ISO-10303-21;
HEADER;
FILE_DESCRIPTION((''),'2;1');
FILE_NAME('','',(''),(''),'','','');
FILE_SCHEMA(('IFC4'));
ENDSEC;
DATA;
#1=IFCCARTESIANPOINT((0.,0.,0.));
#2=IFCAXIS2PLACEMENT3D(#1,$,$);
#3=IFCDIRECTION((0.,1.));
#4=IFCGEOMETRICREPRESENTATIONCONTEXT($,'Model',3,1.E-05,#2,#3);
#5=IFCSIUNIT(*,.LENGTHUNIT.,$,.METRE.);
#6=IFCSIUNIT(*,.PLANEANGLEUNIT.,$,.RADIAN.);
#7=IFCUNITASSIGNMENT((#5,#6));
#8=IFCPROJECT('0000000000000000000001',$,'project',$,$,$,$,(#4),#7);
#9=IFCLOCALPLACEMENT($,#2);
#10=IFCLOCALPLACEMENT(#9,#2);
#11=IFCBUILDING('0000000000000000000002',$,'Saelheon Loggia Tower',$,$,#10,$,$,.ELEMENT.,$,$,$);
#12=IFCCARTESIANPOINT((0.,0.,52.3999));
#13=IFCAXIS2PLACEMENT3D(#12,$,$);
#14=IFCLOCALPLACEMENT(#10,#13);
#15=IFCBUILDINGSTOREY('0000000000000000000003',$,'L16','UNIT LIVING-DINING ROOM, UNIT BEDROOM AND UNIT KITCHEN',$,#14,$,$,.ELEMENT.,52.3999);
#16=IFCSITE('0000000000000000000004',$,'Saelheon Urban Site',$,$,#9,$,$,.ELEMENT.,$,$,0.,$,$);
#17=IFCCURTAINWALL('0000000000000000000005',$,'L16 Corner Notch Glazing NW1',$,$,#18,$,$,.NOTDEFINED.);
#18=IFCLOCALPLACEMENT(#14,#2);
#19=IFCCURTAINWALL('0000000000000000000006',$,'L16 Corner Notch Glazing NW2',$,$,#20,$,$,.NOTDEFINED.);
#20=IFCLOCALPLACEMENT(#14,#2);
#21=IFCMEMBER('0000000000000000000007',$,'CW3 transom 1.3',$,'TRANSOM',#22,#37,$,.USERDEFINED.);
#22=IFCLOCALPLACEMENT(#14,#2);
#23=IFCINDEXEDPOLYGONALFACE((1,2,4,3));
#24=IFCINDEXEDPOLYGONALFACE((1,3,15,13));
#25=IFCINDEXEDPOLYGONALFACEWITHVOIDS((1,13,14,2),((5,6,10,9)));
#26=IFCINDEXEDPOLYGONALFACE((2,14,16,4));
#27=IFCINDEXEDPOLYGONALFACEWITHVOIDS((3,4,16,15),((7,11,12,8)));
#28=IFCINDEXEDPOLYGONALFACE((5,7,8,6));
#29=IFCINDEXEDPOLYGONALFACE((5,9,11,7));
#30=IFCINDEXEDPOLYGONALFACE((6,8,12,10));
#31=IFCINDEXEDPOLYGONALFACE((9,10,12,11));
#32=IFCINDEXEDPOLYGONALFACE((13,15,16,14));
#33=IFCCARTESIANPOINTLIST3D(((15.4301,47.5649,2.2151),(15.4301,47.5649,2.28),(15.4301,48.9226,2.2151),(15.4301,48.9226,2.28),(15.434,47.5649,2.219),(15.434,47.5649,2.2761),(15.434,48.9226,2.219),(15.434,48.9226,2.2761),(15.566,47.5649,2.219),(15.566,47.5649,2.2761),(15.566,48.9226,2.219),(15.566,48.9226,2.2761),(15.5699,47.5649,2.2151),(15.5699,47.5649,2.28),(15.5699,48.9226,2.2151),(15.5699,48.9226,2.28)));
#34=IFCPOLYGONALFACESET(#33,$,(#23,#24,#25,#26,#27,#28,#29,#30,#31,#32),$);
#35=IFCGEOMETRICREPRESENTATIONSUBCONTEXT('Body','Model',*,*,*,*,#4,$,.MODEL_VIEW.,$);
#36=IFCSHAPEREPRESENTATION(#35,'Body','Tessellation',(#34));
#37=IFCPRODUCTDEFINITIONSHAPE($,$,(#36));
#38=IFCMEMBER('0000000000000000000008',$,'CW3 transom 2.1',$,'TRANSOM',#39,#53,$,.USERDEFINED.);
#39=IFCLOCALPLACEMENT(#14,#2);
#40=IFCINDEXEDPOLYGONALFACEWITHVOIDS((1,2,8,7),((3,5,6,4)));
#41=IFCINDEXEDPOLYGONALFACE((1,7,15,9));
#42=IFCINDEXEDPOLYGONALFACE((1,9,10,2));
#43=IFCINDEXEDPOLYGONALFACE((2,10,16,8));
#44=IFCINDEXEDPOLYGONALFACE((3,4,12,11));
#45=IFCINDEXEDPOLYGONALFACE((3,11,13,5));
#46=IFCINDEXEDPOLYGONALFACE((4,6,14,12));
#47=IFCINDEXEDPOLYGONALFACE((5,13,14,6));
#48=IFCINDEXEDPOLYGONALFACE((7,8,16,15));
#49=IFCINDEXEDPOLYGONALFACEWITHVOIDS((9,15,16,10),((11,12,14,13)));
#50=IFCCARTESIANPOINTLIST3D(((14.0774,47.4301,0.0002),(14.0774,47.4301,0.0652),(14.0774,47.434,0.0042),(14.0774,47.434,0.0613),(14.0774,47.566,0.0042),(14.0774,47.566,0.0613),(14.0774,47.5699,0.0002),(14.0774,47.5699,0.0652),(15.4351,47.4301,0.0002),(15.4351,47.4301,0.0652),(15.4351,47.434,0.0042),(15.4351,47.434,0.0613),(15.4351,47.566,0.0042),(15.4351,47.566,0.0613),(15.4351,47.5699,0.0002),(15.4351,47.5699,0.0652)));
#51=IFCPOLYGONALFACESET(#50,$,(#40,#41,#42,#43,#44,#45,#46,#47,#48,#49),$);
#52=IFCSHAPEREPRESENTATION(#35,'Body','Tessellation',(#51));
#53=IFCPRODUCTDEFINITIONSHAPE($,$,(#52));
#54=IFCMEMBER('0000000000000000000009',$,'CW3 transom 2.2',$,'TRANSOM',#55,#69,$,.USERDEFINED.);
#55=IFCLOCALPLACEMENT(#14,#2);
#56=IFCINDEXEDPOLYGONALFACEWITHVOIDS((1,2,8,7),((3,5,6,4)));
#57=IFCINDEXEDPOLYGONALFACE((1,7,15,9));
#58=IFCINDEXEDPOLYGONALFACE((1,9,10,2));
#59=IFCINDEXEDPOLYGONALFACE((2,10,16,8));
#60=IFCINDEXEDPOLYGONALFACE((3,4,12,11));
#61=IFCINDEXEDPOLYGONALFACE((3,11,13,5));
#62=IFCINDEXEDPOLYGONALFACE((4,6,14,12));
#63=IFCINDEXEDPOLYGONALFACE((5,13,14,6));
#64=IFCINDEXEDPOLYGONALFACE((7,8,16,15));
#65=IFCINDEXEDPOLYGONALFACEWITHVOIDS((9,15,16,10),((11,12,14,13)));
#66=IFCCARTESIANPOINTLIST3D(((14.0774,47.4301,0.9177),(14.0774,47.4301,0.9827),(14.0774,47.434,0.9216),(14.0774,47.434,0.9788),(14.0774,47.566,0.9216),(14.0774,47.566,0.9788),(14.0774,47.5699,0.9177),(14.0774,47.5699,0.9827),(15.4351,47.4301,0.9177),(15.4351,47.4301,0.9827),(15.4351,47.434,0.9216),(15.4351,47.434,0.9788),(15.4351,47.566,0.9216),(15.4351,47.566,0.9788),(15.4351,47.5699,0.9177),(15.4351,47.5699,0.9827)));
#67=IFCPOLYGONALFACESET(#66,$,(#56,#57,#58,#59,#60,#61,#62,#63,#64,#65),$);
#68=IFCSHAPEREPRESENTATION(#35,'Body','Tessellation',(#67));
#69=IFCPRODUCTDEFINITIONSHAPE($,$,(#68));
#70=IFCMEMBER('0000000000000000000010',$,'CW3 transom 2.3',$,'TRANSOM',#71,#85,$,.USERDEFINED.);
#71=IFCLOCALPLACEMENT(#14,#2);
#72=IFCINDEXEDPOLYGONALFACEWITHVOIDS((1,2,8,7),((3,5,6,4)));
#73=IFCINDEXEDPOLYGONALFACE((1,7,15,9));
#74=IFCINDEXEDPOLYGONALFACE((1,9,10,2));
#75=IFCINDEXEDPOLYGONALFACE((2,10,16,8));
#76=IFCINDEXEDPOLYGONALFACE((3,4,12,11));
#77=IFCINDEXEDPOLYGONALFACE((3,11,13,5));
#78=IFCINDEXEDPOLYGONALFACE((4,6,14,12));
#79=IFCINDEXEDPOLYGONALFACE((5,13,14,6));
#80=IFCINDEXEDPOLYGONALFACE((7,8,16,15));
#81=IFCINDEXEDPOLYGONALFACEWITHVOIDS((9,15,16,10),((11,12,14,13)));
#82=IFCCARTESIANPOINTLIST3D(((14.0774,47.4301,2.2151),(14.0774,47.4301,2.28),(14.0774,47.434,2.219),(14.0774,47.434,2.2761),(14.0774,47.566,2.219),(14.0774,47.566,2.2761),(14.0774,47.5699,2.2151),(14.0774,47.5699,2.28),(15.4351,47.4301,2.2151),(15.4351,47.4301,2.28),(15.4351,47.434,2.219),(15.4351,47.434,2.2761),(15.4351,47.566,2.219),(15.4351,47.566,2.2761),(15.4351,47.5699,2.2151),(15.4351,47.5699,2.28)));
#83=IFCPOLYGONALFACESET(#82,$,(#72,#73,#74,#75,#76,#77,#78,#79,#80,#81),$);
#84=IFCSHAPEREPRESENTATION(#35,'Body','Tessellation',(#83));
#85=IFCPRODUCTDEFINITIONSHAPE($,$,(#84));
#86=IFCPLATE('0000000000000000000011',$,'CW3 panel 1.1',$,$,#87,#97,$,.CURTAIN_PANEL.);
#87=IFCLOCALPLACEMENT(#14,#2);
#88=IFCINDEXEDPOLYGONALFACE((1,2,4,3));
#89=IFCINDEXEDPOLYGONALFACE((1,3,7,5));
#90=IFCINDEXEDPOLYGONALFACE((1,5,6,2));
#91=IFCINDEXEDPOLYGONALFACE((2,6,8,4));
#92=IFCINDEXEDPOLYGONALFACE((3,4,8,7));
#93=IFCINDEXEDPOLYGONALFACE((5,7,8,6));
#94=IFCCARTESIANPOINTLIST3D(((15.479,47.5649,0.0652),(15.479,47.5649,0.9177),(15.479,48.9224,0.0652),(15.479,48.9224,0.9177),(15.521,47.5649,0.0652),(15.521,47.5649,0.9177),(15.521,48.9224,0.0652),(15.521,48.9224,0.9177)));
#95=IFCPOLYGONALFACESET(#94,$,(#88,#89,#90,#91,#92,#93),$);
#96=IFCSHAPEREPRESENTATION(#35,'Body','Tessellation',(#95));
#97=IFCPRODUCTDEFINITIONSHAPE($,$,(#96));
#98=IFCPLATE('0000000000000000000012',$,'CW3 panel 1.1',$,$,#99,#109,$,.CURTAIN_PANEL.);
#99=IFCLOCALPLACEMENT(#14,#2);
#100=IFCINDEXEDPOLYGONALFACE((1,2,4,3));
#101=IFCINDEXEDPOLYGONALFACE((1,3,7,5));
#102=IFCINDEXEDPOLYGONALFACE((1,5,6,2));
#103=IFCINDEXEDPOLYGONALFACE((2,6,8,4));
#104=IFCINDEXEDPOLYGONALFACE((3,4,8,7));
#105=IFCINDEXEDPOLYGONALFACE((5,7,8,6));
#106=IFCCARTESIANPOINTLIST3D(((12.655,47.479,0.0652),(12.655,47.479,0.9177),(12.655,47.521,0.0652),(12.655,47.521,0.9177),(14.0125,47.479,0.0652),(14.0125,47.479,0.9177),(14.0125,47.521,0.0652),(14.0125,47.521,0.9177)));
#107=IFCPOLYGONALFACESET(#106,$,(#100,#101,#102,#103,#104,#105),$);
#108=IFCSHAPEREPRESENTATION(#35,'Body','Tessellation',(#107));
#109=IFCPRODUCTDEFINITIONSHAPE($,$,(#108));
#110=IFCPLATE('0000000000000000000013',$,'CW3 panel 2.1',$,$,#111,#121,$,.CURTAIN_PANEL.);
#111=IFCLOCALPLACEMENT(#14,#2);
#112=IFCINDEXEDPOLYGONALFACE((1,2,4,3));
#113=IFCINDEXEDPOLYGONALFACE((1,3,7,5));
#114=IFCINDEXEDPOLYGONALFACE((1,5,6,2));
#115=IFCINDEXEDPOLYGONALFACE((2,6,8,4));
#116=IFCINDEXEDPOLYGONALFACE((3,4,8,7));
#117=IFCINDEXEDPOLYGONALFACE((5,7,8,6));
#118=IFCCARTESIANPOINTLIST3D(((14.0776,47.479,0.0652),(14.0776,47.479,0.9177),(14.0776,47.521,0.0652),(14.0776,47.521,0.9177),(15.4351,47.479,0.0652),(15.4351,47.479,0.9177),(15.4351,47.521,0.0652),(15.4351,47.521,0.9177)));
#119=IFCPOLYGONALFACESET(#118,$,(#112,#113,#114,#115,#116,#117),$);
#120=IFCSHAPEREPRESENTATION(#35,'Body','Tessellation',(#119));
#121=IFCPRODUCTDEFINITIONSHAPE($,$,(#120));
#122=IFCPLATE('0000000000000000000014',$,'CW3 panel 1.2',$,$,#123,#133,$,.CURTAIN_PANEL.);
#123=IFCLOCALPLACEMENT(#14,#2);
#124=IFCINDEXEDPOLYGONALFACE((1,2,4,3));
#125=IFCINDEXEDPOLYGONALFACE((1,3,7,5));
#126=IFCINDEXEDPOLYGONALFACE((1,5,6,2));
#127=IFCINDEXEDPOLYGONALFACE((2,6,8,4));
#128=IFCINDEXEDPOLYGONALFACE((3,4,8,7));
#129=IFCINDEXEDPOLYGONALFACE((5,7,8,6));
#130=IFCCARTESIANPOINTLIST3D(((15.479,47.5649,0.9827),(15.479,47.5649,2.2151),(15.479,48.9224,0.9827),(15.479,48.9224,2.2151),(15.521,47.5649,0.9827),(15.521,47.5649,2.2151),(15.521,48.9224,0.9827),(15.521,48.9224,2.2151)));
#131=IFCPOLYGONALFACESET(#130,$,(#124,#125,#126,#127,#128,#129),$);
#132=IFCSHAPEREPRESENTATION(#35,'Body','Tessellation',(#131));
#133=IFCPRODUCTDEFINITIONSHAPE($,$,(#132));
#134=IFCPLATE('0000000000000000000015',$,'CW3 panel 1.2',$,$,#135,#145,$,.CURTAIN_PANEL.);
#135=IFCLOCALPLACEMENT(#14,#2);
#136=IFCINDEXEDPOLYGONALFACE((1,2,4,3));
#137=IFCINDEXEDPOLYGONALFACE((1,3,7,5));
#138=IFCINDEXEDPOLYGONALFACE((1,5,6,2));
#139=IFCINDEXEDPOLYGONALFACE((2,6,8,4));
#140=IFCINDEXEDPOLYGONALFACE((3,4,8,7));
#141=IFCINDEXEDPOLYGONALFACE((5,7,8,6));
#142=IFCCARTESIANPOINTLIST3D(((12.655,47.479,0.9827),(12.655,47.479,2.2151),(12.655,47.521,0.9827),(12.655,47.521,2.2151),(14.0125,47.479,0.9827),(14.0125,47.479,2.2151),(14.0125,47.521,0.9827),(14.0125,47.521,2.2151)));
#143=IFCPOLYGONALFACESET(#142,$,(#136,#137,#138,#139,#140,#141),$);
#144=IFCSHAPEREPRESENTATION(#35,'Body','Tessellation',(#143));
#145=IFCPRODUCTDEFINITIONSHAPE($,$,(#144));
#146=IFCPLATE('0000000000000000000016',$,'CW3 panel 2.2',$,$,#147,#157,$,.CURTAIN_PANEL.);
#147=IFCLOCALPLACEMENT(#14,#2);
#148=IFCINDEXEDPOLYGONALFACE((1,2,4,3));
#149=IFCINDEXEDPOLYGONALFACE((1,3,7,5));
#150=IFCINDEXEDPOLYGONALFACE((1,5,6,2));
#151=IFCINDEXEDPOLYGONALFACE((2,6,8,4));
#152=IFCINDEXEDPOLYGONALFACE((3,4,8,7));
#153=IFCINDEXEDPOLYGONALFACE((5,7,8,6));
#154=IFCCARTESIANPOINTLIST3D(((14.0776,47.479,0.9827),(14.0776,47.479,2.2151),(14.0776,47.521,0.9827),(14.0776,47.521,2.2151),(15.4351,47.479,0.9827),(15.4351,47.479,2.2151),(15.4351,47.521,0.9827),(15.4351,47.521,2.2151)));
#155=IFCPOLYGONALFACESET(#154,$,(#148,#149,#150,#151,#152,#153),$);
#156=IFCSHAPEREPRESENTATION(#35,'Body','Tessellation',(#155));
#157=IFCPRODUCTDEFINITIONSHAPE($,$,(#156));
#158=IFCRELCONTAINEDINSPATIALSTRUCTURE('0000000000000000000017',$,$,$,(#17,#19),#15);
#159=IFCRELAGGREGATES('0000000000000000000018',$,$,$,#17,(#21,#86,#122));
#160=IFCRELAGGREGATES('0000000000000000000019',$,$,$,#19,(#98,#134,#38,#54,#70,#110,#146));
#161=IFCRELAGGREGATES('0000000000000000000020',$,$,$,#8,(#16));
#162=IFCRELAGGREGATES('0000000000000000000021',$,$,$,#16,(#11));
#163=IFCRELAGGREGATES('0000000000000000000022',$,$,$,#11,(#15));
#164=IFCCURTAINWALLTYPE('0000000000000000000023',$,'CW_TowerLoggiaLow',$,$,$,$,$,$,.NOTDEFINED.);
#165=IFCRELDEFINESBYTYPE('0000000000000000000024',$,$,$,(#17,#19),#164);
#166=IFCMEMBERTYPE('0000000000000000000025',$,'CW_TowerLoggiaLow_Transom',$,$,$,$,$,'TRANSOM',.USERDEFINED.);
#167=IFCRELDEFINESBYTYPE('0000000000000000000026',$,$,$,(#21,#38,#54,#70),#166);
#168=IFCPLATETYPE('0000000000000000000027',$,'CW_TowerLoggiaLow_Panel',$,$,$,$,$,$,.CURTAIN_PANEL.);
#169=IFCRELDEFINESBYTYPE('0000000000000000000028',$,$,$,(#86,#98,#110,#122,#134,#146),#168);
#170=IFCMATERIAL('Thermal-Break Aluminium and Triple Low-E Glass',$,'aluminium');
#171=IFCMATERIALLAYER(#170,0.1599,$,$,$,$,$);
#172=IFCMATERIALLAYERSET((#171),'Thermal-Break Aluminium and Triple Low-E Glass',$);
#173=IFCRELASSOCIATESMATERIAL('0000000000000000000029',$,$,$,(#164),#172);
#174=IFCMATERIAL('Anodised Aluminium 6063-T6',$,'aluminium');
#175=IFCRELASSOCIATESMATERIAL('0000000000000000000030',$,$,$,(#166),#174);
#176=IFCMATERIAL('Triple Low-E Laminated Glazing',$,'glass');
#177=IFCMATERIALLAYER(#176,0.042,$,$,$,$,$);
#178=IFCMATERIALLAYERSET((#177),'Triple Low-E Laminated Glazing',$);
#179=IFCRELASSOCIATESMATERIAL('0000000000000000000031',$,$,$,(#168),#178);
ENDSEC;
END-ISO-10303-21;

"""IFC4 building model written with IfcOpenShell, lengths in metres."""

from ifc_helpers import new_model, si_unit, direction, frame, origin, origin_2d, place, context, subcontext, project, spatial, rectangle, hollow_rectangle, extrude, source, transform, mapped, material, layer, layer_set, material_profile, profile_set, type_object, element, aggregate, save


model = new_model("IFC4")

# Units and contexts
model_context = context("Model", 3, precision=1e-05, world=origin(), true_north=direction((0.0, 1.0)))
body_context = subcontext(model_context, "Body", "Model", "MODEL_VIEW")
ifc_project = project(units=[si_unit("LENGTHUNIT", "METRE"), si_unit("PLANEANGLEUNIT", "RADIAN")], contexts=[model_context])

# Site, building, storey
site_placement = place(None, origin())
site = spatial("IfcSite", under=ifc_project, at=site_placement, Name="Saelheon Urban Site", CompositionType="ELEMENT", RefElevation=0.0)
building_placement = place(site_placement, origin())
building = spatial("IfcBuilding", under=site, at=building_placement, Name="Saelheon Loggia Tower", CompositionType="ELEMENT")
storey_placement = place(building_placement, frame((0.0, 0.0, 52.3999)))
storey = spatial("IfcBuildingStorey", under=building, at=storey_placement, Name="L16", Description="UNIT LIVING-DINING ROOM, UNIT BEDROOM AND UNIT KITCHEN", CompositionType="ELEMENT", Elevation=52.3999)

# Curtain wall
ifc_material_1 = material(Name="Thermal-Break Aluminium and Triple Low-E Glass", Category="aluminium")
ifc_layer_1 = layer(ifc_material_1, 0.1599)
ifc_layer_set_1 = layer_set([ifc_layer_1], Name="Thermal-Break Aluminium and Triple Low-E Glass")
curtain_wall_type = type_object("IfcCurtainWallType", Name="CW_TowerLoggiaLow", PredefinedType="NOTDEFINED", material=ifc_layer_set_1)
curtain_wall_1_placement = place(storey_placement, origin())
curtain_wall_1 = element("IfcCurtainWall", 1, at=curtain_wall_1_placement, inside=storey, type_object=curtain_wall_type, Name="L16 Corner Notch Glazing NW1", PredefinedType="NOTDEFINED")
ifc_material_2 = material(Name="Anodised Aluminium 6063-T6", Category="aluminium")

# Curtain wall
curtain_wall_2_placement = place(storey_placement, origin())
curtain_wall_2 = element("IfcCurtainWall", 2, at=curtain_wall_2_placement, inside=storey, type_object=curtain_wall_type, Name="L16 Corner Notch Glazing NW2", PredefinedType="NOTDEFINED")
ifc_material_profile_1 = material_profile(ifc_material_2, hollow_rectangle(XDim=0.0649, YDim=0.1399, WallThickness=0.0039, at=origin_2d()), Name="RHS-140x65x4")
ifc_profile_set_1 = profile_set([ifc_material_profile_1], Name="Anodised Aluminium 6063-T6")
member_type_1 = type_object("IfcMemberType", Name="CW_TowerLoggiaLow_Transom", ElementType="TRANSOM", PredefinedType="USERDEFINED", material=ifc_profile_set_1)

# Members
shared_shape_1 = source(origin(), body_context, "Body", "SweptSolid", [
    extrude(hollow_rectangle(XDim=0.0649, YDim=0.1399, WallThickness=0.0039, at=origin_2d()), origin(), (0.0, 0.0, 1.0), 1.3577),
])
member_1_placement = place(storey_placement, frame((15.5, 47.5649, 2.2476), z_axis=(0.0, 1.0, 0.0), x_axis=(0.0, 0.0, 1.0)))
member_1 = element("IfcMember", 3, at=member_1_placement, type_object=member_type_1, Name="CW3 transom 1.3", ObjectType="TRANSOM", PredefinedType="USERDEFINED", context=body_context, shape_type="MappedRepresentation", body=[
    mapped(shared_shape_1, transform((0.0, 0.0, 0.0), scale=1.0)),
])
member_2_placement = place(storey_placement, frame((14.0774, 47.5, 0.0327), z_axis=(1.0, 0.0, 0.0), x_axis=(0.0, 0.0, 1.0)))
member_2 = element("IfcMember", 4, at=member_2_placement, type_object=member_type_1, Name="CW3 transom 2.1", ObjectType="TRANSOM", PredefinedType="USERDEFINED", context=body_context, shape_type="MappedRepresentation", body=[
    mapped(shared_shape_1, transform((0.0, 0.0, 0.0), scale=1.0)),
])
member_3_placement = place(storey_placement, frame((14.0774, 47.5, 0.9502), z_axis=(1.0, 0.0, 0.0), x_axis=(0.0, 0.0, 1.0)))
member_3 = element("IfcMember", 5, at=member_3_placement, type_object=member_type_1, Name="CW3 transom 2.2", ObjectType="TRANSOM", PredefinedType="USERDEFINED", context=body_context, shape_type="MappedRepresentation", body=[
    mapped(shared_shape_1, transform((0.0, 0.0, 0.0), scale=1.0)),
])
member_4_placement = place(storey_placement, frame((14.0774, 47.5, 2.2476), z_axis=(1.0, 0.0, 0.0), x_axis=(0.0, 0.0, 1.0)))
member_4 = element("IfcMember", 6, at=member_4_placement, type_object=member_type_1, Name="CW3 transom 2.3", ObjectType="TRANSOM", PredefinedType="USERDEFINED", context=body_context, shape_type="MappedRepresentation", body=[
    mapped(shared_shape_1, transform((0.0, 0.0, 0.0), scale=1.0)),
])

# Plates
ifc_material_3 = material(Name="Triple Low-E Laminated Glazing", Category="glass")
ifc_layer_2 = layer(ifc_material_3, 0.042)
ifc_layer_set_2 = layer_set([ifc_layer_2], Name="Triple Low-E Laminated Glazing")
plate_type = type_object("IfcPlateType", Name="CW_TowerLoggiaLow_Panel", PredefinedType="CURTAIN_PANEL", material=ifc_layer_set_2)
shared_shape_2 = source(origin(), body_context, "Body", "SweptSolid", [
    extrude(rectangle(XDim=1.3574, YDim=0.042, at=origin_2d()), origin(), (0.0, 0.0, 1.0), 0.8525),
])
plate_1_placement = place(storey_placement, frame((15.5, 48.2437, 0.0652), z_axis=(0.0, 0.0, 1.0), x_axis=(0.0, 1.0, 0.0)))
plate_1 = element("IfcPlate", 7, at=plate_1_placement, type_object=plate_type, Name="CW3 panel 1.1", PredefinedType="CURTAIN_PANEL", context=body_context, shape_type="MappedRepresentation", body=[
    mapped(shared_shape_2, transform((0.0, 0.0, 0.0), scale=1.0)),
])
plate_2_placement = place(storey_placement, frame((13.3337, 47.5, 0.0652), z_axis=(0.0, 0.0, 1.0), x_axis=(1.0, 0.0, 0.0)))
plate_2 = element("IfcPlate", 8, at=plate_2_placement, type_object=plate_type, Name="CW3 panel 1.1", PredefinedType="CURTAIN_PANEL", context=body_context, shape_type="MappedRepresentation", body=[
    mapped(shared_shape_2, transform((0.0, 0.0, 0.0), scale=1.0)),
])
plate_3_placement = place(storey_placement, frame((14.7563, 47.5, 0.0652), z_axis=(0.0, 0.0, 1.0), x_axis=(1.0, 0.0, 0.0)))
plate_3 = element("IfcPlate", 9, at=plate_3_placement, type_object=plate_type, Name="CW3 panel 2.1", PredefinedType="CURTAIN_PANEL", context=body_context, shape_type="MappedRepresentation", body=[
    mapped(shared_shape_2, transform((0.0, 0.0, 0.0), scale=1.0)),
])
shared_shape_3 = source(origin(), body_context, "Body", "SweptSolid", [
    extrude(rectangle(XDim=1.3574, YDim=0.042, at=origin_2d()), origin(), (0.0, 0.0, 1.0), 1.2324),
])
plate_4_placement = place(storey_placement, frame((15.5, 48.2437, 0.9827), z_axis=(0.0, 0.0, 1.0), x_axis=(0.0, 1.0, 0.0)))
plate_4 = element("IfcPlate", 10, at=plate_4_placement, type_object=plate_type, Name="CW3 panel 1.2", PredefinedType="CURTAIN_PANEL", context=body_context, shape_type="MappedRepresentation", body=[
    mapped(shared_shape_3, transform((0.0, 0.0, 0.0), scale=1.0)),
])
aggregate(curtain_wall_1, [member_1, plate_1, plate_4])
plate_5_placement = place(storey_placement, frame((13.3337, 47.5, 0.9827), z_axis=(0.0, 0.0, 1.0), x_axis=(1.0, 0.0, 0.0)))
plate_5 = element("IfcPlate", 11, at=plate_5_placement, type_object=plate_type, Name="CW3 panel 1.2", PredefinedType="CURTAIN_PANEL", context=body_context, shape_type="MappedRepresentation", body=[
    mapped(shared_shape_3, transform((0.0, 0.0, 0.0), scale=1.0)),
])
plate_6_placement = place(storey_placement, frame((14.7563, 47.5, 0.9827), z_axis=(0.0, 0.0, 1.0), x_axis=(1.0, 0.0, 0.0)))
plate_6 = element("IfcPlate", 12, at=plate_6_placement, type_object=plate_type, Name="CW3 panel 2.2", PredefinedType="CURTAIN_PANEL", context=body_context, shape_type="MappedRepresentation", body=[
    mapped(shared_shape_3, transform((0.0, 0.0, 0.0), scale=1.0)),
])
aggregate(curtain_wall_2, [plate_2, plate_5, member_2, member_3, member_4, plate_3, plate_6])

save(model, "model.ifc")
